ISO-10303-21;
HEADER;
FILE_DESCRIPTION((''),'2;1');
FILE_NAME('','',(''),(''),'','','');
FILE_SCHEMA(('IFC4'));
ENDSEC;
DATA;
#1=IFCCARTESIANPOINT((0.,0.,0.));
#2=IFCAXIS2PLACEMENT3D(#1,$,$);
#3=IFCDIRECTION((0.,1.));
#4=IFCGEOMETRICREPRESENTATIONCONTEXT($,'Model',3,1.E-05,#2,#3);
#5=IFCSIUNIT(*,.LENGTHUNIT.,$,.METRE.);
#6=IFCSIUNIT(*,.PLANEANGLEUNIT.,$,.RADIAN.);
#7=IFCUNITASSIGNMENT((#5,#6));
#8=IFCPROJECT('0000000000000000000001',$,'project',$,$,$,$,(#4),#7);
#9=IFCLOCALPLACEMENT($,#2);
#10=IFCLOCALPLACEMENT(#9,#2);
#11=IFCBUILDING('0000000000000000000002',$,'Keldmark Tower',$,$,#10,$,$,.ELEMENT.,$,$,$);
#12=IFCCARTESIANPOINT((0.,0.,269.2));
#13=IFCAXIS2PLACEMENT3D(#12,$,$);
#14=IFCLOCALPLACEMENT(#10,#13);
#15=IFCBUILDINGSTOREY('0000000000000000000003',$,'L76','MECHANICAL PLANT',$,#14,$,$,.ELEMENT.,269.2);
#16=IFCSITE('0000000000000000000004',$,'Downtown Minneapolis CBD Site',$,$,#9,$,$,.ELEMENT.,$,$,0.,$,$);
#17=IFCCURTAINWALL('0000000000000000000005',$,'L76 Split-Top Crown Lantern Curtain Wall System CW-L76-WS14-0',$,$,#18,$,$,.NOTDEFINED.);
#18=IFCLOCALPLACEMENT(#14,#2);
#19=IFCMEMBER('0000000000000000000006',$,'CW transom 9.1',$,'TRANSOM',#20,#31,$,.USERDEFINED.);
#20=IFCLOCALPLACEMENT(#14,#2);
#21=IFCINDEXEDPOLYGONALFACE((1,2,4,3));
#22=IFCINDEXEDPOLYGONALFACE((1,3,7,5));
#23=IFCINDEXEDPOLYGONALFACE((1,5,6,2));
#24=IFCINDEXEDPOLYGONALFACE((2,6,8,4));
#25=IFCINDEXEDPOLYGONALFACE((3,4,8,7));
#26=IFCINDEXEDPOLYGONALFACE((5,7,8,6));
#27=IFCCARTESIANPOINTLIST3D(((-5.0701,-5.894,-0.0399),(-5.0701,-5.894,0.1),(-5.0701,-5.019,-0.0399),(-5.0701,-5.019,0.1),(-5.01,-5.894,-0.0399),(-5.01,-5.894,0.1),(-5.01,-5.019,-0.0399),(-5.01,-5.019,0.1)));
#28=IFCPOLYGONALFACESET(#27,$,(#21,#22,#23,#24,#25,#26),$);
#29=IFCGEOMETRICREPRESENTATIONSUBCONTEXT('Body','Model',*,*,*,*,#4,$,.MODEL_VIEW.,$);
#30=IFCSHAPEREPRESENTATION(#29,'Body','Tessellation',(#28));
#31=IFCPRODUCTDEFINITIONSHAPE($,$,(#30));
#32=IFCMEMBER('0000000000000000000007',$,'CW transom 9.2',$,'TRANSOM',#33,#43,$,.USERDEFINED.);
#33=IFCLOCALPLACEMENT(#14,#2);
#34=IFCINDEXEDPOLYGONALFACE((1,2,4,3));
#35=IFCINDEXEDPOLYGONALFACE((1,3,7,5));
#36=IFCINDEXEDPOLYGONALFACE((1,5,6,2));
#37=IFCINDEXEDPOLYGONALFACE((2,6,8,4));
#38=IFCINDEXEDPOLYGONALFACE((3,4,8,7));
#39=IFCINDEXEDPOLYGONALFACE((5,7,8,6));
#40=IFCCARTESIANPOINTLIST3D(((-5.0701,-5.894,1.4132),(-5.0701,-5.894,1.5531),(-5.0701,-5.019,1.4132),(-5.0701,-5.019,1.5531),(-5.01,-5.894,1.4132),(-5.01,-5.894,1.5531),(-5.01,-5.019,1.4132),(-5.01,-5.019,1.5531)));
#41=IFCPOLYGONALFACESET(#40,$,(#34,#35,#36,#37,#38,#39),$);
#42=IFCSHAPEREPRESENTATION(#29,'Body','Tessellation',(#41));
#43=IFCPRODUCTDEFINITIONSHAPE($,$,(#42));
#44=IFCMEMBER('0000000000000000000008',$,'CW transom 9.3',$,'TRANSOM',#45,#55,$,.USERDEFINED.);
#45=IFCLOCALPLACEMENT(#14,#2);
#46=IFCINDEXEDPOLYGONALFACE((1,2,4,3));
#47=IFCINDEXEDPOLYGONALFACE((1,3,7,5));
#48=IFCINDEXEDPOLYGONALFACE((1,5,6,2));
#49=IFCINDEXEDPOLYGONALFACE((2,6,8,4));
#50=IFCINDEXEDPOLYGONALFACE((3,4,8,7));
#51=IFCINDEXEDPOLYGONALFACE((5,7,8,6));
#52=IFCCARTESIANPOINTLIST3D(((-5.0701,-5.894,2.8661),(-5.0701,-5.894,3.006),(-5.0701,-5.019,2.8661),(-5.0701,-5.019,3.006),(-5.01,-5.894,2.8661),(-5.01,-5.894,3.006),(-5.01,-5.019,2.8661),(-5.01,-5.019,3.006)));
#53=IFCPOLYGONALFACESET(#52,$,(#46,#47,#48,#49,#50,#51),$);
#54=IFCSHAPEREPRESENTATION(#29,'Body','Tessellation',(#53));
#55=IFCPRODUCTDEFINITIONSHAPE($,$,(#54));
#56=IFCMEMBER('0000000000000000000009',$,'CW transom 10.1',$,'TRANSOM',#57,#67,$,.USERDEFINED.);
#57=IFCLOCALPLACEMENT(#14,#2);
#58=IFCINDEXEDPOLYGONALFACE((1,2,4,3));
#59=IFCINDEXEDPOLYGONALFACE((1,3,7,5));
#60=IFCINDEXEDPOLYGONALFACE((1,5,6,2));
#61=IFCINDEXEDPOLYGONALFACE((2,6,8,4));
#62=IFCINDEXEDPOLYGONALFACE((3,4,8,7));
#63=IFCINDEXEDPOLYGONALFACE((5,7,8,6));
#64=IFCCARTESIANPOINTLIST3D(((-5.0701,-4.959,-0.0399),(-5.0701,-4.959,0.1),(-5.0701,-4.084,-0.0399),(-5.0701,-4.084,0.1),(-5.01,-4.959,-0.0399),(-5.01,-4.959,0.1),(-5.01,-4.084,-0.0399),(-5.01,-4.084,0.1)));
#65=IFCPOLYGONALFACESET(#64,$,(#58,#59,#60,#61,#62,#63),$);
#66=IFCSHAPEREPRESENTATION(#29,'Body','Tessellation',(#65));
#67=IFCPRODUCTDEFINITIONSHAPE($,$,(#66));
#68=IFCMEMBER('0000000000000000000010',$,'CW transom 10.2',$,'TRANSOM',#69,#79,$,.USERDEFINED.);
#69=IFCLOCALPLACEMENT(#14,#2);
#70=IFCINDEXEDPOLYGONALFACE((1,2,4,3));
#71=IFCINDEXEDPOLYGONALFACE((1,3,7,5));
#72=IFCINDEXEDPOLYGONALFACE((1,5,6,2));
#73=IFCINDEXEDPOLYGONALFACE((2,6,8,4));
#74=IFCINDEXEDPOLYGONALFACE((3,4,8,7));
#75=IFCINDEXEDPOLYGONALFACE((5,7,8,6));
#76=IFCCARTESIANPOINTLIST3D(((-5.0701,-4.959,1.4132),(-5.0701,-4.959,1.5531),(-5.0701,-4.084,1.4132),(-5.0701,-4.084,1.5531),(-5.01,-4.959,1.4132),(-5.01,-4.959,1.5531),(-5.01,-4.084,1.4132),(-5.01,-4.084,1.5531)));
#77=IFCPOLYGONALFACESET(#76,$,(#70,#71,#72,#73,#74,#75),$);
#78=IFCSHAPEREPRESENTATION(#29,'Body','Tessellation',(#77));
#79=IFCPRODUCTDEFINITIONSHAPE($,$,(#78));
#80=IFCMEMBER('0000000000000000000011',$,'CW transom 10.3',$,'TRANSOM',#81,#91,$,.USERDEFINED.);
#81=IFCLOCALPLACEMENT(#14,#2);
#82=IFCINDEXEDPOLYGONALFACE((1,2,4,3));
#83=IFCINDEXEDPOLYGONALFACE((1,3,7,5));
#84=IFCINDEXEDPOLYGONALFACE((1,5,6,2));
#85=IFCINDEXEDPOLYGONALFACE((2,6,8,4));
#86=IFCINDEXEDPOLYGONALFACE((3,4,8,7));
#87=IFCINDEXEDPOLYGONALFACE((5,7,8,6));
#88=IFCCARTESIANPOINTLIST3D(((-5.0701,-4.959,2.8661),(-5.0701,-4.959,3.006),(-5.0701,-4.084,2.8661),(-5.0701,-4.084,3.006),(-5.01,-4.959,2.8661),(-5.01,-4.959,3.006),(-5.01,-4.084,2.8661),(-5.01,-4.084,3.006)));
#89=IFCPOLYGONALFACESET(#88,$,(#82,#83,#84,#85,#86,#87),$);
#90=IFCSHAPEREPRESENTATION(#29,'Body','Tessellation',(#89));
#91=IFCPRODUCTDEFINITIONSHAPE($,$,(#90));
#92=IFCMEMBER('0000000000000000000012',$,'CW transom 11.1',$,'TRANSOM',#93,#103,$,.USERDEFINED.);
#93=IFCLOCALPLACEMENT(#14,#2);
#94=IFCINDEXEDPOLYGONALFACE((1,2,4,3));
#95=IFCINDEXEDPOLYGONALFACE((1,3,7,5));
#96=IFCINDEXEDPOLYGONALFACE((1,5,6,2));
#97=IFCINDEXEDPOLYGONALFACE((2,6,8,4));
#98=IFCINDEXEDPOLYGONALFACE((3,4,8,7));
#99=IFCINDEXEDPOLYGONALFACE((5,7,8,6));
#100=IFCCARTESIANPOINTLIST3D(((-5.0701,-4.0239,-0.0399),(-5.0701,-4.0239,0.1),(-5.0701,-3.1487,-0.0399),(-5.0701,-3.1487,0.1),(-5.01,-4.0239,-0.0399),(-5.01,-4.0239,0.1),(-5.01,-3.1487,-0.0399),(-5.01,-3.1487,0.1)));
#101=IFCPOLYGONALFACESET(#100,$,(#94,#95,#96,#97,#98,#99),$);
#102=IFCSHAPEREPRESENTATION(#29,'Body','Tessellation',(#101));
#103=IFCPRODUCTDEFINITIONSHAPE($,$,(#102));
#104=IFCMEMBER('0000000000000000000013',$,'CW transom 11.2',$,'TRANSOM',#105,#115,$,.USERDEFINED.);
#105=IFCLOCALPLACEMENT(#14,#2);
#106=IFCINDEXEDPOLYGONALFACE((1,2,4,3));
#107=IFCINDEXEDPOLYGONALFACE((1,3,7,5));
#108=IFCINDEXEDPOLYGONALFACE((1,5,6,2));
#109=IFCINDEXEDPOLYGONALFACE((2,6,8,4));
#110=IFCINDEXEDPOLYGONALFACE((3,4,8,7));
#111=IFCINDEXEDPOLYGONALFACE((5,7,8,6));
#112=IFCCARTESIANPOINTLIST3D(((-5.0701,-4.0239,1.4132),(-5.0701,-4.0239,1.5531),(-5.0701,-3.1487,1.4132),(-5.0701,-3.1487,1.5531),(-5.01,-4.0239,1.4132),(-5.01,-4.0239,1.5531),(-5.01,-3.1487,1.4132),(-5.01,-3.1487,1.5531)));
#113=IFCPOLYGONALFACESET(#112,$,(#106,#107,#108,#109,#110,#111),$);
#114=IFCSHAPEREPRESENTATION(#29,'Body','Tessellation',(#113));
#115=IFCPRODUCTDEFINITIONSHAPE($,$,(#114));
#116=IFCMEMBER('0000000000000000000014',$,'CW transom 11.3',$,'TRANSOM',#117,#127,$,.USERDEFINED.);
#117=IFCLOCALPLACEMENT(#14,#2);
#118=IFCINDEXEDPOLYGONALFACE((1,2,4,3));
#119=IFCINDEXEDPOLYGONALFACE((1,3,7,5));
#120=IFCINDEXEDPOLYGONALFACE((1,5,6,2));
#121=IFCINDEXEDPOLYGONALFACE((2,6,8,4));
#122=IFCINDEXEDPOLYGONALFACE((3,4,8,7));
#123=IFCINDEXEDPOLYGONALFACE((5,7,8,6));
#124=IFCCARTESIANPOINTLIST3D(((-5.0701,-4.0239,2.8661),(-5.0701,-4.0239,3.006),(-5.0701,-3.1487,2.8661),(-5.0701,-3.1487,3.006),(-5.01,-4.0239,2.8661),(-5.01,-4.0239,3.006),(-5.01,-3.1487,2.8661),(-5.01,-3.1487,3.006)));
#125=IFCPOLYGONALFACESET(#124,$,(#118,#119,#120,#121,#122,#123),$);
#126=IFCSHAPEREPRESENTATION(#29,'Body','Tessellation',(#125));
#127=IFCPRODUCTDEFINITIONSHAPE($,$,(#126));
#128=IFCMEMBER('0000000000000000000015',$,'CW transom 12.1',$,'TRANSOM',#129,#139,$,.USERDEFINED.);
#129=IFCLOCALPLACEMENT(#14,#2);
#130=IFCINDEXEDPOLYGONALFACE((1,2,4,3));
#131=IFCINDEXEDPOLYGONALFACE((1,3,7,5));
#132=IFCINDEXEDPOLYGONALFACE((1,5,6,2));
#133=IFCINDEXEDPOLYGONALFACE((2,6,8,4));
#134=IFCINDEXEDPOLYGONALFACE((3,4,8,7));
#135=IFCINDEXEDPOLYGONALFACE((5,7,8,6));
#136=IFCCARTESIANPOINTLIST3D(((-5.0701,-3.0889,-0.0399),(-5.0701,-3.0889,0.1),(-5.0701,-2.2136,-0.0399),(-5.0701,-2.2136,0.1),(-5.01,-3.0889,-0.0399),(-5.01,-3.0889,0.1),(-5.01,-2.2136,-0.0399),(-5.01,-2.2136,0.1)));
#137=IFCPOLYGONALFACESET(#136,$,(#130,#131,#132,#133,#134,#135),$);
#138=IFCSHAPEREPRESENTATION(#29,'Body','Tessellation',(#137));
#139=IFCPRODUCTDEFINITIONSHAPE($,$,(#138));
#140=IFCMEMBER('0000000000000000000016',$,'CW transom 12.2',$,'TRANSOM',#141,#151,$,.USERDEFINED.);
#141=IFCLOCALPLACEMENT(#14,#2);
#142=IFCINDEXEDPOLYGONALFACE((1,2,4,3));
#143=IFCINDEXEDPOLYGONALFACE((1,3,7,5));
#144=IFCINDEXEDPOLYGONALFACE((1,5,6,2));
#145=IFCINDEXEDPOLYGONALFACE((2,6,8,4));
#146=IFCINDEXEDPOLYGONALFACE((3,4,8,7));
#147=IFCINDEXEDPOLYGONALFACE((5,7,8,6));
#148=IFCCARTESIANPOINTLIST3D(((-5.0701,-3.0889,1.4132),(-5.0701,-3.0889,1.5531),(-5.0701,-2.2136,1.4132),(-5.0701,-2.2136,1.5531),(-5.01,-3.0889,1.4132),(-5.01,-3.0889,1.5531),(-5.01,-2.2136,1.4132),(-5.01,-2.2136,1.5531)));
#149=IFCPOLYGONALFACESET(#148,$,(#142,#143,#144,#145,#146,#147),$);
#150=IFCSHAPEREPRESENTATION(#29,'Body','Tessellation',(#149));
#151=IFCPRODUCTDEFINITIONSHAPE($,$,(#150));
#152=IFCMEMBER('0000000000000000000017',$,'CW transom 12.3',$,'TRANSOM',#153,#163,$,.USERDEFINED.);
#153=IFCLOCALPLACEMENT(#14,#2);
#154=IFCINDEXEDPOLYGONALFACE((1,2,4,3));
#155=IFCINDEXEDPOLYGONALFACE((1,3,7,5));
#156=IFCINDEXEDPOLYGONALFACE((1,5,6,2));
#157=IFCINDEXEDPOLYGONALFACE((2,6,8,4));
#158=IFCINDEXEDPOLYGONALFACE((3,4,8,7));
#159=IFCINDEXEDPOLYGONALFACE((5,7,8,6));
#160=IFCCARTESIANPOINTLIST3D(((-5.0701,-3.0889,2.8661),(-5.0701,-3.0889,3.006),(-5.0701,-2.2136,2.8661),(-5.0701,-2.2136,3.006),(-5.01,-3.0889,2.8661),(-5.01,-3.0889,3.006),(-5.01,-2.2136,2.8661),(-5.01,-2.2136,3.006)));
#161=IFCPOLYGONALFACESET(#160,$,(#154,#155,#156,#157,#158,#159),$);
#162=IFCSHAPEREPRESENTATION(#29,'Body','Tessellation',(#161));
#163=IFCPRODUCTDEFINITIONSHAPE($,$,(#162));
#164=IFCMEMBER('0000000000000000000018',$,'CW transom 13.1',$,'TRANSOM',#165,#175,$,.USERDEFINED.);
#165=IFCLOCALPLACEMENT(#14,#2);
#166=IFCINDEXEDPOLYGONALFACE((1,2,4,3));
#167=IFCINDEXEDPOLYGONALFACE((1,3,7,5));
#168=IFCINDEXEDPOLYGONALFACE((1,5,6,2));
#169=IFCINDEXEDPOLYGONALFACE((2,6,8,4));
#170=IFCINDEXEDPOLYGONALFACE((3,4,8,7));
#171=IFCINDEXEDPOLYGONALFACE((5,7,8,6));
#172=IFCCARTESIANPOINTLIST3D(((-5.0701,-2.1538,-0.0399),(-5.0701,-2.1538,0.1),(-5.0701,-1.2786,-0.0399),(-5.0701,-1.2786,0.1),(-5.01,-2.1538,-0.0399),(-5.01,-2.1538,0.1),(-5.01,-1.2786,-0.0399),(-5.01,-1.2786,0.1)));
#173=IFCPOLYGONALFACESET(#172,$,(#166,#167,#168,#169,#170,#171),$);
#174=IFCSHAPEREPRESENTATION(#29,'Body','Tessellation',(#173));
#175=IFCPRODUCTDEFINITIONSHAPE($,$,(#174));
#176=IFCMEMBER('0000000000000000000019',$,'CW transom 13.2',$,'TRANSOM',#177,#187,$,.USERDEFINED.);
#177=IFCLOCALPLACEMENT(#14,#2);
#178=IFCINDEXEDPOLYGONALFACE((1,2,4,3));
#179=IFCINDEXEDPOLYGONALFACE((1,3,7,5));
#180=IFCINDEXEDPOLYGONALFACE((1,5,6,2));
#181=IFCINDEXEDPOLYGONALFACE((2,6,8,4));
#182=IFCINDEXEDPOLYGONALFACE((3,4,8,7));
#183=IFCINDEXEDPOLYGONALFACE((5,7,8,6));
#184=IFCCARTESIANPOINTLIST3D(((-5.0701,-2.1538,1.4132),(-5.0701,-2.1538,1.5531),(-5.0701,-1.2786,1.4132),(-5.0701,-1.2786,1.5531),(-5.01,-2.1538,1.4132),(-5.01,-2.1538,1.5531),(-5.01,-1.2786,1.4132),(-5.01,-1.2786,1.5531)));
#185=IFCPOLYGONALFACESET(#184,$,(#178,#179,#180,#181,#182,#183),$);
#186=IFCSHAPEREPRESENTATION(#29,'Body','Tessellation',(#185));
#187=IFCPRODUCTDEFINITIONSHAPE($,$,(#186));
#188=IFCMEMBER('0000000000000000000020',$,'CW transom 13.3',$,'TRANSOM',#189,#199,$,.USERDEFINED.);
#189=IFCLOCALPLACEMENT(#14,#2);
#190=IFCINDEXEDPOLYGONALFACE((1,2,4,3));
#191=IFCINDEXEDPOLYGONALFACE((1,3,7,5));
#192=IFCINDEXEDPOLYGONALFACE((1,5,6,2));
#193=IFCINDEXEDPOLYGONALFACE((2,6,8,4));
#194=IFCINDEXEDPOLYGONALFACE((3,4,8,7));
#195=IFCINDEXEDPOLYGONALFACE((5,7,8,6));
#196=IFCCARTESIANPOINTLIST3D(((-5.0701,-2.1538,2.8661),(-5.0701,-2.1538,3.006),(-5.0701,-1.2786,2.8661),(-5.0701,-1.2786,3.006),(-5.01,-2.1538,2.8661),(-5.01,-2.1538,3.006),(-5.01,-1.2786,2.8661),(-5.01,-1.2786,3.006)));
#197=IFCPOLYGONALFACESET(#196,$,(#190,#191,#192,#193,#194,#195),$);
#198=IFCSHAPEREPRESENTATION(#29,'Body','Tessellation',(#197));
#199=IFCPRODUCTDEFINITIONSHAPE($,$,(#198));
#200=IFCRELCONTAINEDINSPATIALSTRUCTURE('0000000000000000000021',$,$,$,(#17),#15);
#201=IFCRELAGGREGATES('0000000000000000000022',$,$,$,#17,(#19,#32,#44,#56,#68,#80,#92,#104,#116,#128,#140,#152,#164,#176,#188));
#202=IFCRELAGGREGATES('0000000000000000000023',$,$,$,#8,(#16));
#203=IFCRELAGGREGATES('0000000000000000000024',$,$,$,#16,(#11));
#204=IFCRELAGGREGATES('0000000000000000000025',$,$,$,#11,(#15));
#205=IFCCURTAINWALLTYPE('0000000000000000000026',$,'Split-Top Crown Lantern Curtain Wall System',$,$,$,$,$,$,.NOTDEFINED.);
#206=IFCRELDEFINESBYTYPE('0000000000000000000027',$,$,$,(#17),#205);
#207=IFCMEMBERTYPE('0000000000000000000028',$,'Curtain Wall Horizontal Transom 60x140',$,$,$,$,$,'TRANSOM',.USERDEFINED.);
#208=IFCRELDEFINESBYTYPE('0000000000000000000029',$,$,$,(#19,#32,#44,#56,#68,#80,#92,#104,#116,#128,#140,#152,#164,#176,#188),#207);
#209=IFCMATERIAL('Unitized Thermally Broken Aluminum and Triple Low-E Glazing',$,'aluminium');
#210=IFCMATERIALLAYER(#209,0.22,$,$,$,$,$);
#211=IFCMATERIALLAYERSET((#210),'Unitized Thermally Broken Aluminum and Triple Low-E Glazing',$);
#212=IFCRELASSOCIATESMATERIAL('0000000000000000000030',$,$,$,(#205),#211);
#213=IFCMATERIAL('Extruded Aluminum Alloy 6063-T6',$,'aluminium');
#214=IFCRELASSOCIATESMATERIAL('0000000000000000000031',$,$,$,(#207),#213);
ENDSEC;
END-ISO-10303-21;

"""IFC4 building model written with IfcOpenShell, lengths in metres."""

from ifc_helpers import new_model, si_unit, direction, frame, origin, origin_2d, place, context, subcontext, project, spatial, rectangle, extrude, material, layer, layer_set, material_profile, profile_set, type_object, element, aggregate, save


model = new_model("IFC4")

# Units and contexts
model_context = context("Model", 3, precision=1e-05, world=origin(), true_north=direction((0.0, 1.0)))
body_context = subcontext(model_context, "Body", "Model", "MODEL_VIEW")
ifc_project = project(units=[si_unit("LENGTHUNIT", "METRE"), si_unit("PLANEANGLEUNIT", "RADIAN")], contexts=[model_context])

# Site, building, storey
site_placement = place(None, origin())
site = spatial("IfcSite", under=ifc_project, at=site_placement, Name="Downtown Minneapolis CBD Site", CompositionType="ELEMENT", RefElevation=0.0)
building_placement = place(site_placement, origin())
building = spatial("IfcBuilding", under=site, at=building_placement, Name="Keldmark Tower", CompositionType="ELEMENT")
storey_placement = place(building_placement, frame((0.0, 0.0, 269.2)))
storey = spatial("IfcBuildingStorey", under=building, at=storey_placement, Name="L76", Description="MECHANICAL PLANT", CompositionType="ELEMENT", Elevation=269.2)

# Curtain wall, members
ifc_material_1 = material(Name="Unitized Thermally Broken Aluminum and Triple Low-E Glazing", Category="aluminium")
ifc_layer_1 = layer(ifc_material_1, 0.22)
ifc_layer_set_1 = layer_set([ifc_layer_1], Name="Unitized Thermally Broken Aluminum and Triple Low-E Glazing")
curtain_wall_type = type_object("IfcCurtainWallType", Name="Split-Top Crown Lantern Curtain Wall System", PredefinedType="NOTDEFINED", material=ifc_layer_set_1)
curtain_wall_placement = place(storey_placement, origin())
curtain_wall = element("IfcCurtainWall", 1, at=curtain_wall_placement, inside=storey, type_object=curtain_wall_type, Name="L76 Split-Top Crown Lantern Curtain Wall System CW-L76-WS14-0", PredefinedType="NOTDEFINED")
ifc_material_2 = material(Name="Extruded Aluminum Alloy 6063-T6", Category="aluminium")
ifc_material_profile_1 = material_profile(ifc_material_2, rectangle(XDim=0.0601, YDim=0.1399, at=origin_2d()), Name="CWT60X140")
ifc_profile_set_1 = profile_set([ifc_material_profile_1], Name="Extruded Aluminum Alloy 6063-T6")
member_type_1 = type_object("IfcMemberType", Name="Curtain Wall Horizontal Transom 60x140", ElementType="TRANSOM", PredefinedType="USERDEFINED", material=ifc_profile_set_1)
member_1_placement = place(storey_placement, frame((-5.04, -5.894, 0.03), z_axis=(0.0, 1.0, 0.0), x_axis=(-1.0, 0.0, 0.0)))
member_1 = element("IfcMember", 2, at=member_1_placement, type_object=member_type_1, Name="CW transom 9.1", ObjectType="TRANSOM", PredefinedType="USERDEFINED", context=body_context, shape_type="SweptSolid", body=[
    extrude(rectangle(XDim=0.0601, YDim=0.1399, at=origin_2d()), origin(), (0.0, 0.0, 1.0), 0.875),
])
member_2_placement = place(storey_placement, frame((-5.04, -5.894, 1.4832), z_axis=(0.0, 1.0, 0.0), x_axis=(-1.0, 0.0, 0.0)))
member_2 = element("IfcMember", 3, at=member_2_placement, type_object=member_type_1, Name="CW transom 9.2", ObjectType="TRANSOM", PredefinedType="USERDEFINED", context=body_context, shape_type="SweptSolid", body=[
    extrude(rectangle(XDim=0.0601, YDim=0.1399, at=origin_2d()), origin(), (0.0, 0.0, 1.0), 0.875),
])
member_3_placement = place(storey_placement, frame((-5.04, -5.894, 2.936), z_axis=(0.0, 1.0, 0.0), x_axis=(-1.0, 0.0, 0.0)))
member_3 = element("IfcMember", 4, at=member_3_placement, type_object=member_type_1, Name="CW transom 9.3", ObjectType="TRANSOM", PredefinedType="USERDEFINED", context=body_context, shape_type="SweptSolid", body=[
    extrude(rectangle(XDim=0.0601, YDim=0.1399, at=origin_2d()), origin(), (0.0, 0.0, 1.0), 0.875),
])
member_4_placement = place(storey_placement, frame((-5.04, -4.959, 0.03), z_axis=(0.0, 1.0, 0.0), x_axis=(-1.0, 0.0, 0.0)))
member_4 = element("IfcMember", 5, at=member_4_placement, type_object=member_type_1, Name="CW transom 10.1", ObjectType="TRANSOM", PredefinedType="USERDEFINED", context=body_context, shape_type="SweptSolid", body=[
    extrude(rectangle(XDim=0.0601, YDim=0.1399, at=origin_2d()), origin(), (0.0, 0.0, 1.0), 0.875),
])
member_5_placement = place(storey_placement, frame((-5.04, -4.959, 1.4832), z_axis=(0.0, 1.0, 0.0), x_axis=(-1.0, 0.0, 0.0)))
member_5 = element("IfcMember", 6, at=member_5_placement, type_object=member_type_1, Name="CW transom 10.2", ObjectType="TRANSOM", PredefinedType="USERDEFINED", context=body_context, shape_type="SweptSolid", body=[
    extrude(rectangle(XDim=0.0601, YDim=0.1399, at=origin_2d()), origin(), (0.0, 0.0, 1.0), 0.875),
])
member_6_placement = place(storey_placement, frame((-5.04, -4.959, 2.936), z_axis=(0.0, 1.0, 0.0), x_axis=(-1.0, 0.0, 0.0)))
member_6 = element("IfcMember", 7, at=member_6_placement, type_object=member_type_1, Name="CW transom 10.3", ObjectType="TRANSOM", PredefinedType="USERDEFINED", context=body_context, shape_type="SweptSolid", body=[
    extrude(rectangle(XDim=0.0601, YDim=0.1399, at=origin_2d()), origin(), (0.0, 0.0, 1.0), 0.875),
])
member_7_placement = place(storey_placement, frame((-5.04, -4.0239, 0.03), z_axis=(0.0, 1.0, 0.0), x_axis=(-1.0, 0.0, 0.0)))
member_7 = element("IfcMember", 8, at=member_7_placement, type_object=member_type_1, Name="CW transom 11.1", ObjectType="TRANSOM", PredefinedType="USERDEFINED", context=body_context, shape_type="SweptSolid", body=[
    extrude(rectangle(XDim=0.0601, YDim=0.1399, at=origin_2d()), origin(), (0.0, 0.0, 1.0), 0.8752),
])
member_8_placement = place(storey_placement, frame((-5.04, -4.0239, 1.4832), z_axis=(0.0, 1.0, 0.0), x_axis=(-1.0, 0.0, 0.0)))
member_8 = element("IfcMember", 9, at=member_8_placement, type_object=member_type_1, Name="CW transom 11.2", ObjectType="TRANSOM", PredefinedType="USERDEFINED", context=body_context, shape_type="SweptSolid", body=[
    extrude(rectangle(XDim=0.0601, YDim=0.1399, at=origin_2d()), origin(), (0.0, 0.0, 1.0), 0.8752),
])
member_9_placement = place(storey_placement, frame((-5.04, -4.0239, 2.936), z_axis=(0.0, 1.0, 0.0), x_axis=(-1.0, 0.0, 0.0)))
member_9 = element("IfcMember", 10, at=member_9_placement, type_object=member_type_1, Name="CW transom 11.3", ObjectType="TRANSOM", PredefinedType="USERDEFINED", context=body_context, shape_type="SweptSolid", body=[
    extrude(rectangle(XDim=0.0601, YDim=0.1399, at=origin_2d()), origin(), (0.0, 0.0, 1.0), 0.8752),
])
member_10_placement = place(storey_placement, frame((-5.04, -3.0889, 0.03), z_axis=(0.0, 1.0, 0.0), x_axis=(-1.0, 0.0, 0.0)))
member_10 = element("IfcMember", 11, at=member_10_placement, type_object=member_type_1, Name="CW transom 12.1", ObjectType="TRANSOM", PredefinedType="USERDEFINED", context=body_context, shape_type="SweptSolid", body=[
    extrude(rectangle(XDim=0.0601, YDim=0.1399, at=origin_2d()), origin(), (0.0, 0.0, 1.0), 0.8752),
])
member_11_placement = place(storey_placement, frame((-5.04, -3.0889, 1.4832), z_axis=(0.0, 1.0, 0.0), x_axis=(-1.0, 0.0, 0.0)))
member_11 = element("IfcMember", 12, at=member_11_placement, type_object=member_type_1, Name="CW transom 12.2", ObjectType="TRANSOM", PredefinedType="USERDEFINED", context=body_context, shape_type="SweptSolid", body=[
    extrude(rectangle(XDim=0.0601, YDim=0.1399, at=origin_2d()), origin(), (0.0, 0.0, 1.0), 0.8752),
])
member_12_placement = place(storey_placement, frame((-5.04, -3.0889, 2.936), z_axis=(0.0, 1.0, 0.0), x_axis=(-1.0, 0.0, 0.0)))
member_12 = element("IfcMember", 13, at=member_12_placement, type_object=member_type_1, Name="CW transom 12.3", ObjectType="TRANSOM", PredefinedType="USERDEFINED", context=body_context, shape_type="SweptSolid", body=[
    extrude(rectangle(XDim=0.0601, YDim=0.1399, at=origin_2d()), origin(), (0.0, 0.0, 1.0), 0.8752),
])
member_13_placement = place(storey_placement, frame((-5.04, -2.1538, 0.03), z_axis=(0.0, 1.0, 0.0), x_axis=(-1.0, 0.0, 0.0)))
member_13 = element("IfcMember", 14, at=member_13_placement, type_object=member_type_1, Name="CW transom 13.1", ObjectType="TRANSOM", PredefinedType="USERDEFINED", context=body_context, shape_type="SweptSolid", body=[
    extrude(rectangle(XDim=0.0601, YDim=0.1399, at=origin_2d()), origin(), (0.0, 0.0, 1.0), 0.8752),
])
member_14_placement = place(storey_placement, frame((-5.04, -2.1538, 1.4832), z_axis=(0.0, 1.0, 0.0), x_axis=(-1.0, 0.0, 0.0)))
member_14 = element("IfcMember", 15, at=member_14_placement, type_object=member_type_1, Name="CW transom 13.2", ObjectType="TRANSOM", PredefinedType="USERDEFINED", context=body_context, shape_type="SweptSolid", body=[
    extrude(rectangle(XDim=0.0601, YDim=0.1399, at=origin_2d()), origin(), (0.0, 0.0, 1.0), 0.8752),
])
member_15_placement = place(storey_placement, frame((-5.04, -2.1538, 2.936), z_axis=(0.0, 1.0, 0.0), x_axis=(-1.0, 0.0, 0.0)))
member_15 = element("IfcMember", 16, at=member_15_placement, type_object=member_type_1, Name="CW transom 13.3", ObjectType="TRANSOM", PredefinedType="USERDEFINED", context=body_context, shape_type="SweptSolid", body=[
    extrude(rectangle(XDim=0.0601, YDim=0.1399, at=origin_2d()), origin(), (0.0, 0.0, 1.0), 0.8752),
])
aggregate(curtain_wall, [member_1, member_2, member_3, member_4, member_5, member_6, member_7, member_8, member_9, member_10, member_11, member_12, member_13, member_14, member_15])

save(model, "model.ifc")
